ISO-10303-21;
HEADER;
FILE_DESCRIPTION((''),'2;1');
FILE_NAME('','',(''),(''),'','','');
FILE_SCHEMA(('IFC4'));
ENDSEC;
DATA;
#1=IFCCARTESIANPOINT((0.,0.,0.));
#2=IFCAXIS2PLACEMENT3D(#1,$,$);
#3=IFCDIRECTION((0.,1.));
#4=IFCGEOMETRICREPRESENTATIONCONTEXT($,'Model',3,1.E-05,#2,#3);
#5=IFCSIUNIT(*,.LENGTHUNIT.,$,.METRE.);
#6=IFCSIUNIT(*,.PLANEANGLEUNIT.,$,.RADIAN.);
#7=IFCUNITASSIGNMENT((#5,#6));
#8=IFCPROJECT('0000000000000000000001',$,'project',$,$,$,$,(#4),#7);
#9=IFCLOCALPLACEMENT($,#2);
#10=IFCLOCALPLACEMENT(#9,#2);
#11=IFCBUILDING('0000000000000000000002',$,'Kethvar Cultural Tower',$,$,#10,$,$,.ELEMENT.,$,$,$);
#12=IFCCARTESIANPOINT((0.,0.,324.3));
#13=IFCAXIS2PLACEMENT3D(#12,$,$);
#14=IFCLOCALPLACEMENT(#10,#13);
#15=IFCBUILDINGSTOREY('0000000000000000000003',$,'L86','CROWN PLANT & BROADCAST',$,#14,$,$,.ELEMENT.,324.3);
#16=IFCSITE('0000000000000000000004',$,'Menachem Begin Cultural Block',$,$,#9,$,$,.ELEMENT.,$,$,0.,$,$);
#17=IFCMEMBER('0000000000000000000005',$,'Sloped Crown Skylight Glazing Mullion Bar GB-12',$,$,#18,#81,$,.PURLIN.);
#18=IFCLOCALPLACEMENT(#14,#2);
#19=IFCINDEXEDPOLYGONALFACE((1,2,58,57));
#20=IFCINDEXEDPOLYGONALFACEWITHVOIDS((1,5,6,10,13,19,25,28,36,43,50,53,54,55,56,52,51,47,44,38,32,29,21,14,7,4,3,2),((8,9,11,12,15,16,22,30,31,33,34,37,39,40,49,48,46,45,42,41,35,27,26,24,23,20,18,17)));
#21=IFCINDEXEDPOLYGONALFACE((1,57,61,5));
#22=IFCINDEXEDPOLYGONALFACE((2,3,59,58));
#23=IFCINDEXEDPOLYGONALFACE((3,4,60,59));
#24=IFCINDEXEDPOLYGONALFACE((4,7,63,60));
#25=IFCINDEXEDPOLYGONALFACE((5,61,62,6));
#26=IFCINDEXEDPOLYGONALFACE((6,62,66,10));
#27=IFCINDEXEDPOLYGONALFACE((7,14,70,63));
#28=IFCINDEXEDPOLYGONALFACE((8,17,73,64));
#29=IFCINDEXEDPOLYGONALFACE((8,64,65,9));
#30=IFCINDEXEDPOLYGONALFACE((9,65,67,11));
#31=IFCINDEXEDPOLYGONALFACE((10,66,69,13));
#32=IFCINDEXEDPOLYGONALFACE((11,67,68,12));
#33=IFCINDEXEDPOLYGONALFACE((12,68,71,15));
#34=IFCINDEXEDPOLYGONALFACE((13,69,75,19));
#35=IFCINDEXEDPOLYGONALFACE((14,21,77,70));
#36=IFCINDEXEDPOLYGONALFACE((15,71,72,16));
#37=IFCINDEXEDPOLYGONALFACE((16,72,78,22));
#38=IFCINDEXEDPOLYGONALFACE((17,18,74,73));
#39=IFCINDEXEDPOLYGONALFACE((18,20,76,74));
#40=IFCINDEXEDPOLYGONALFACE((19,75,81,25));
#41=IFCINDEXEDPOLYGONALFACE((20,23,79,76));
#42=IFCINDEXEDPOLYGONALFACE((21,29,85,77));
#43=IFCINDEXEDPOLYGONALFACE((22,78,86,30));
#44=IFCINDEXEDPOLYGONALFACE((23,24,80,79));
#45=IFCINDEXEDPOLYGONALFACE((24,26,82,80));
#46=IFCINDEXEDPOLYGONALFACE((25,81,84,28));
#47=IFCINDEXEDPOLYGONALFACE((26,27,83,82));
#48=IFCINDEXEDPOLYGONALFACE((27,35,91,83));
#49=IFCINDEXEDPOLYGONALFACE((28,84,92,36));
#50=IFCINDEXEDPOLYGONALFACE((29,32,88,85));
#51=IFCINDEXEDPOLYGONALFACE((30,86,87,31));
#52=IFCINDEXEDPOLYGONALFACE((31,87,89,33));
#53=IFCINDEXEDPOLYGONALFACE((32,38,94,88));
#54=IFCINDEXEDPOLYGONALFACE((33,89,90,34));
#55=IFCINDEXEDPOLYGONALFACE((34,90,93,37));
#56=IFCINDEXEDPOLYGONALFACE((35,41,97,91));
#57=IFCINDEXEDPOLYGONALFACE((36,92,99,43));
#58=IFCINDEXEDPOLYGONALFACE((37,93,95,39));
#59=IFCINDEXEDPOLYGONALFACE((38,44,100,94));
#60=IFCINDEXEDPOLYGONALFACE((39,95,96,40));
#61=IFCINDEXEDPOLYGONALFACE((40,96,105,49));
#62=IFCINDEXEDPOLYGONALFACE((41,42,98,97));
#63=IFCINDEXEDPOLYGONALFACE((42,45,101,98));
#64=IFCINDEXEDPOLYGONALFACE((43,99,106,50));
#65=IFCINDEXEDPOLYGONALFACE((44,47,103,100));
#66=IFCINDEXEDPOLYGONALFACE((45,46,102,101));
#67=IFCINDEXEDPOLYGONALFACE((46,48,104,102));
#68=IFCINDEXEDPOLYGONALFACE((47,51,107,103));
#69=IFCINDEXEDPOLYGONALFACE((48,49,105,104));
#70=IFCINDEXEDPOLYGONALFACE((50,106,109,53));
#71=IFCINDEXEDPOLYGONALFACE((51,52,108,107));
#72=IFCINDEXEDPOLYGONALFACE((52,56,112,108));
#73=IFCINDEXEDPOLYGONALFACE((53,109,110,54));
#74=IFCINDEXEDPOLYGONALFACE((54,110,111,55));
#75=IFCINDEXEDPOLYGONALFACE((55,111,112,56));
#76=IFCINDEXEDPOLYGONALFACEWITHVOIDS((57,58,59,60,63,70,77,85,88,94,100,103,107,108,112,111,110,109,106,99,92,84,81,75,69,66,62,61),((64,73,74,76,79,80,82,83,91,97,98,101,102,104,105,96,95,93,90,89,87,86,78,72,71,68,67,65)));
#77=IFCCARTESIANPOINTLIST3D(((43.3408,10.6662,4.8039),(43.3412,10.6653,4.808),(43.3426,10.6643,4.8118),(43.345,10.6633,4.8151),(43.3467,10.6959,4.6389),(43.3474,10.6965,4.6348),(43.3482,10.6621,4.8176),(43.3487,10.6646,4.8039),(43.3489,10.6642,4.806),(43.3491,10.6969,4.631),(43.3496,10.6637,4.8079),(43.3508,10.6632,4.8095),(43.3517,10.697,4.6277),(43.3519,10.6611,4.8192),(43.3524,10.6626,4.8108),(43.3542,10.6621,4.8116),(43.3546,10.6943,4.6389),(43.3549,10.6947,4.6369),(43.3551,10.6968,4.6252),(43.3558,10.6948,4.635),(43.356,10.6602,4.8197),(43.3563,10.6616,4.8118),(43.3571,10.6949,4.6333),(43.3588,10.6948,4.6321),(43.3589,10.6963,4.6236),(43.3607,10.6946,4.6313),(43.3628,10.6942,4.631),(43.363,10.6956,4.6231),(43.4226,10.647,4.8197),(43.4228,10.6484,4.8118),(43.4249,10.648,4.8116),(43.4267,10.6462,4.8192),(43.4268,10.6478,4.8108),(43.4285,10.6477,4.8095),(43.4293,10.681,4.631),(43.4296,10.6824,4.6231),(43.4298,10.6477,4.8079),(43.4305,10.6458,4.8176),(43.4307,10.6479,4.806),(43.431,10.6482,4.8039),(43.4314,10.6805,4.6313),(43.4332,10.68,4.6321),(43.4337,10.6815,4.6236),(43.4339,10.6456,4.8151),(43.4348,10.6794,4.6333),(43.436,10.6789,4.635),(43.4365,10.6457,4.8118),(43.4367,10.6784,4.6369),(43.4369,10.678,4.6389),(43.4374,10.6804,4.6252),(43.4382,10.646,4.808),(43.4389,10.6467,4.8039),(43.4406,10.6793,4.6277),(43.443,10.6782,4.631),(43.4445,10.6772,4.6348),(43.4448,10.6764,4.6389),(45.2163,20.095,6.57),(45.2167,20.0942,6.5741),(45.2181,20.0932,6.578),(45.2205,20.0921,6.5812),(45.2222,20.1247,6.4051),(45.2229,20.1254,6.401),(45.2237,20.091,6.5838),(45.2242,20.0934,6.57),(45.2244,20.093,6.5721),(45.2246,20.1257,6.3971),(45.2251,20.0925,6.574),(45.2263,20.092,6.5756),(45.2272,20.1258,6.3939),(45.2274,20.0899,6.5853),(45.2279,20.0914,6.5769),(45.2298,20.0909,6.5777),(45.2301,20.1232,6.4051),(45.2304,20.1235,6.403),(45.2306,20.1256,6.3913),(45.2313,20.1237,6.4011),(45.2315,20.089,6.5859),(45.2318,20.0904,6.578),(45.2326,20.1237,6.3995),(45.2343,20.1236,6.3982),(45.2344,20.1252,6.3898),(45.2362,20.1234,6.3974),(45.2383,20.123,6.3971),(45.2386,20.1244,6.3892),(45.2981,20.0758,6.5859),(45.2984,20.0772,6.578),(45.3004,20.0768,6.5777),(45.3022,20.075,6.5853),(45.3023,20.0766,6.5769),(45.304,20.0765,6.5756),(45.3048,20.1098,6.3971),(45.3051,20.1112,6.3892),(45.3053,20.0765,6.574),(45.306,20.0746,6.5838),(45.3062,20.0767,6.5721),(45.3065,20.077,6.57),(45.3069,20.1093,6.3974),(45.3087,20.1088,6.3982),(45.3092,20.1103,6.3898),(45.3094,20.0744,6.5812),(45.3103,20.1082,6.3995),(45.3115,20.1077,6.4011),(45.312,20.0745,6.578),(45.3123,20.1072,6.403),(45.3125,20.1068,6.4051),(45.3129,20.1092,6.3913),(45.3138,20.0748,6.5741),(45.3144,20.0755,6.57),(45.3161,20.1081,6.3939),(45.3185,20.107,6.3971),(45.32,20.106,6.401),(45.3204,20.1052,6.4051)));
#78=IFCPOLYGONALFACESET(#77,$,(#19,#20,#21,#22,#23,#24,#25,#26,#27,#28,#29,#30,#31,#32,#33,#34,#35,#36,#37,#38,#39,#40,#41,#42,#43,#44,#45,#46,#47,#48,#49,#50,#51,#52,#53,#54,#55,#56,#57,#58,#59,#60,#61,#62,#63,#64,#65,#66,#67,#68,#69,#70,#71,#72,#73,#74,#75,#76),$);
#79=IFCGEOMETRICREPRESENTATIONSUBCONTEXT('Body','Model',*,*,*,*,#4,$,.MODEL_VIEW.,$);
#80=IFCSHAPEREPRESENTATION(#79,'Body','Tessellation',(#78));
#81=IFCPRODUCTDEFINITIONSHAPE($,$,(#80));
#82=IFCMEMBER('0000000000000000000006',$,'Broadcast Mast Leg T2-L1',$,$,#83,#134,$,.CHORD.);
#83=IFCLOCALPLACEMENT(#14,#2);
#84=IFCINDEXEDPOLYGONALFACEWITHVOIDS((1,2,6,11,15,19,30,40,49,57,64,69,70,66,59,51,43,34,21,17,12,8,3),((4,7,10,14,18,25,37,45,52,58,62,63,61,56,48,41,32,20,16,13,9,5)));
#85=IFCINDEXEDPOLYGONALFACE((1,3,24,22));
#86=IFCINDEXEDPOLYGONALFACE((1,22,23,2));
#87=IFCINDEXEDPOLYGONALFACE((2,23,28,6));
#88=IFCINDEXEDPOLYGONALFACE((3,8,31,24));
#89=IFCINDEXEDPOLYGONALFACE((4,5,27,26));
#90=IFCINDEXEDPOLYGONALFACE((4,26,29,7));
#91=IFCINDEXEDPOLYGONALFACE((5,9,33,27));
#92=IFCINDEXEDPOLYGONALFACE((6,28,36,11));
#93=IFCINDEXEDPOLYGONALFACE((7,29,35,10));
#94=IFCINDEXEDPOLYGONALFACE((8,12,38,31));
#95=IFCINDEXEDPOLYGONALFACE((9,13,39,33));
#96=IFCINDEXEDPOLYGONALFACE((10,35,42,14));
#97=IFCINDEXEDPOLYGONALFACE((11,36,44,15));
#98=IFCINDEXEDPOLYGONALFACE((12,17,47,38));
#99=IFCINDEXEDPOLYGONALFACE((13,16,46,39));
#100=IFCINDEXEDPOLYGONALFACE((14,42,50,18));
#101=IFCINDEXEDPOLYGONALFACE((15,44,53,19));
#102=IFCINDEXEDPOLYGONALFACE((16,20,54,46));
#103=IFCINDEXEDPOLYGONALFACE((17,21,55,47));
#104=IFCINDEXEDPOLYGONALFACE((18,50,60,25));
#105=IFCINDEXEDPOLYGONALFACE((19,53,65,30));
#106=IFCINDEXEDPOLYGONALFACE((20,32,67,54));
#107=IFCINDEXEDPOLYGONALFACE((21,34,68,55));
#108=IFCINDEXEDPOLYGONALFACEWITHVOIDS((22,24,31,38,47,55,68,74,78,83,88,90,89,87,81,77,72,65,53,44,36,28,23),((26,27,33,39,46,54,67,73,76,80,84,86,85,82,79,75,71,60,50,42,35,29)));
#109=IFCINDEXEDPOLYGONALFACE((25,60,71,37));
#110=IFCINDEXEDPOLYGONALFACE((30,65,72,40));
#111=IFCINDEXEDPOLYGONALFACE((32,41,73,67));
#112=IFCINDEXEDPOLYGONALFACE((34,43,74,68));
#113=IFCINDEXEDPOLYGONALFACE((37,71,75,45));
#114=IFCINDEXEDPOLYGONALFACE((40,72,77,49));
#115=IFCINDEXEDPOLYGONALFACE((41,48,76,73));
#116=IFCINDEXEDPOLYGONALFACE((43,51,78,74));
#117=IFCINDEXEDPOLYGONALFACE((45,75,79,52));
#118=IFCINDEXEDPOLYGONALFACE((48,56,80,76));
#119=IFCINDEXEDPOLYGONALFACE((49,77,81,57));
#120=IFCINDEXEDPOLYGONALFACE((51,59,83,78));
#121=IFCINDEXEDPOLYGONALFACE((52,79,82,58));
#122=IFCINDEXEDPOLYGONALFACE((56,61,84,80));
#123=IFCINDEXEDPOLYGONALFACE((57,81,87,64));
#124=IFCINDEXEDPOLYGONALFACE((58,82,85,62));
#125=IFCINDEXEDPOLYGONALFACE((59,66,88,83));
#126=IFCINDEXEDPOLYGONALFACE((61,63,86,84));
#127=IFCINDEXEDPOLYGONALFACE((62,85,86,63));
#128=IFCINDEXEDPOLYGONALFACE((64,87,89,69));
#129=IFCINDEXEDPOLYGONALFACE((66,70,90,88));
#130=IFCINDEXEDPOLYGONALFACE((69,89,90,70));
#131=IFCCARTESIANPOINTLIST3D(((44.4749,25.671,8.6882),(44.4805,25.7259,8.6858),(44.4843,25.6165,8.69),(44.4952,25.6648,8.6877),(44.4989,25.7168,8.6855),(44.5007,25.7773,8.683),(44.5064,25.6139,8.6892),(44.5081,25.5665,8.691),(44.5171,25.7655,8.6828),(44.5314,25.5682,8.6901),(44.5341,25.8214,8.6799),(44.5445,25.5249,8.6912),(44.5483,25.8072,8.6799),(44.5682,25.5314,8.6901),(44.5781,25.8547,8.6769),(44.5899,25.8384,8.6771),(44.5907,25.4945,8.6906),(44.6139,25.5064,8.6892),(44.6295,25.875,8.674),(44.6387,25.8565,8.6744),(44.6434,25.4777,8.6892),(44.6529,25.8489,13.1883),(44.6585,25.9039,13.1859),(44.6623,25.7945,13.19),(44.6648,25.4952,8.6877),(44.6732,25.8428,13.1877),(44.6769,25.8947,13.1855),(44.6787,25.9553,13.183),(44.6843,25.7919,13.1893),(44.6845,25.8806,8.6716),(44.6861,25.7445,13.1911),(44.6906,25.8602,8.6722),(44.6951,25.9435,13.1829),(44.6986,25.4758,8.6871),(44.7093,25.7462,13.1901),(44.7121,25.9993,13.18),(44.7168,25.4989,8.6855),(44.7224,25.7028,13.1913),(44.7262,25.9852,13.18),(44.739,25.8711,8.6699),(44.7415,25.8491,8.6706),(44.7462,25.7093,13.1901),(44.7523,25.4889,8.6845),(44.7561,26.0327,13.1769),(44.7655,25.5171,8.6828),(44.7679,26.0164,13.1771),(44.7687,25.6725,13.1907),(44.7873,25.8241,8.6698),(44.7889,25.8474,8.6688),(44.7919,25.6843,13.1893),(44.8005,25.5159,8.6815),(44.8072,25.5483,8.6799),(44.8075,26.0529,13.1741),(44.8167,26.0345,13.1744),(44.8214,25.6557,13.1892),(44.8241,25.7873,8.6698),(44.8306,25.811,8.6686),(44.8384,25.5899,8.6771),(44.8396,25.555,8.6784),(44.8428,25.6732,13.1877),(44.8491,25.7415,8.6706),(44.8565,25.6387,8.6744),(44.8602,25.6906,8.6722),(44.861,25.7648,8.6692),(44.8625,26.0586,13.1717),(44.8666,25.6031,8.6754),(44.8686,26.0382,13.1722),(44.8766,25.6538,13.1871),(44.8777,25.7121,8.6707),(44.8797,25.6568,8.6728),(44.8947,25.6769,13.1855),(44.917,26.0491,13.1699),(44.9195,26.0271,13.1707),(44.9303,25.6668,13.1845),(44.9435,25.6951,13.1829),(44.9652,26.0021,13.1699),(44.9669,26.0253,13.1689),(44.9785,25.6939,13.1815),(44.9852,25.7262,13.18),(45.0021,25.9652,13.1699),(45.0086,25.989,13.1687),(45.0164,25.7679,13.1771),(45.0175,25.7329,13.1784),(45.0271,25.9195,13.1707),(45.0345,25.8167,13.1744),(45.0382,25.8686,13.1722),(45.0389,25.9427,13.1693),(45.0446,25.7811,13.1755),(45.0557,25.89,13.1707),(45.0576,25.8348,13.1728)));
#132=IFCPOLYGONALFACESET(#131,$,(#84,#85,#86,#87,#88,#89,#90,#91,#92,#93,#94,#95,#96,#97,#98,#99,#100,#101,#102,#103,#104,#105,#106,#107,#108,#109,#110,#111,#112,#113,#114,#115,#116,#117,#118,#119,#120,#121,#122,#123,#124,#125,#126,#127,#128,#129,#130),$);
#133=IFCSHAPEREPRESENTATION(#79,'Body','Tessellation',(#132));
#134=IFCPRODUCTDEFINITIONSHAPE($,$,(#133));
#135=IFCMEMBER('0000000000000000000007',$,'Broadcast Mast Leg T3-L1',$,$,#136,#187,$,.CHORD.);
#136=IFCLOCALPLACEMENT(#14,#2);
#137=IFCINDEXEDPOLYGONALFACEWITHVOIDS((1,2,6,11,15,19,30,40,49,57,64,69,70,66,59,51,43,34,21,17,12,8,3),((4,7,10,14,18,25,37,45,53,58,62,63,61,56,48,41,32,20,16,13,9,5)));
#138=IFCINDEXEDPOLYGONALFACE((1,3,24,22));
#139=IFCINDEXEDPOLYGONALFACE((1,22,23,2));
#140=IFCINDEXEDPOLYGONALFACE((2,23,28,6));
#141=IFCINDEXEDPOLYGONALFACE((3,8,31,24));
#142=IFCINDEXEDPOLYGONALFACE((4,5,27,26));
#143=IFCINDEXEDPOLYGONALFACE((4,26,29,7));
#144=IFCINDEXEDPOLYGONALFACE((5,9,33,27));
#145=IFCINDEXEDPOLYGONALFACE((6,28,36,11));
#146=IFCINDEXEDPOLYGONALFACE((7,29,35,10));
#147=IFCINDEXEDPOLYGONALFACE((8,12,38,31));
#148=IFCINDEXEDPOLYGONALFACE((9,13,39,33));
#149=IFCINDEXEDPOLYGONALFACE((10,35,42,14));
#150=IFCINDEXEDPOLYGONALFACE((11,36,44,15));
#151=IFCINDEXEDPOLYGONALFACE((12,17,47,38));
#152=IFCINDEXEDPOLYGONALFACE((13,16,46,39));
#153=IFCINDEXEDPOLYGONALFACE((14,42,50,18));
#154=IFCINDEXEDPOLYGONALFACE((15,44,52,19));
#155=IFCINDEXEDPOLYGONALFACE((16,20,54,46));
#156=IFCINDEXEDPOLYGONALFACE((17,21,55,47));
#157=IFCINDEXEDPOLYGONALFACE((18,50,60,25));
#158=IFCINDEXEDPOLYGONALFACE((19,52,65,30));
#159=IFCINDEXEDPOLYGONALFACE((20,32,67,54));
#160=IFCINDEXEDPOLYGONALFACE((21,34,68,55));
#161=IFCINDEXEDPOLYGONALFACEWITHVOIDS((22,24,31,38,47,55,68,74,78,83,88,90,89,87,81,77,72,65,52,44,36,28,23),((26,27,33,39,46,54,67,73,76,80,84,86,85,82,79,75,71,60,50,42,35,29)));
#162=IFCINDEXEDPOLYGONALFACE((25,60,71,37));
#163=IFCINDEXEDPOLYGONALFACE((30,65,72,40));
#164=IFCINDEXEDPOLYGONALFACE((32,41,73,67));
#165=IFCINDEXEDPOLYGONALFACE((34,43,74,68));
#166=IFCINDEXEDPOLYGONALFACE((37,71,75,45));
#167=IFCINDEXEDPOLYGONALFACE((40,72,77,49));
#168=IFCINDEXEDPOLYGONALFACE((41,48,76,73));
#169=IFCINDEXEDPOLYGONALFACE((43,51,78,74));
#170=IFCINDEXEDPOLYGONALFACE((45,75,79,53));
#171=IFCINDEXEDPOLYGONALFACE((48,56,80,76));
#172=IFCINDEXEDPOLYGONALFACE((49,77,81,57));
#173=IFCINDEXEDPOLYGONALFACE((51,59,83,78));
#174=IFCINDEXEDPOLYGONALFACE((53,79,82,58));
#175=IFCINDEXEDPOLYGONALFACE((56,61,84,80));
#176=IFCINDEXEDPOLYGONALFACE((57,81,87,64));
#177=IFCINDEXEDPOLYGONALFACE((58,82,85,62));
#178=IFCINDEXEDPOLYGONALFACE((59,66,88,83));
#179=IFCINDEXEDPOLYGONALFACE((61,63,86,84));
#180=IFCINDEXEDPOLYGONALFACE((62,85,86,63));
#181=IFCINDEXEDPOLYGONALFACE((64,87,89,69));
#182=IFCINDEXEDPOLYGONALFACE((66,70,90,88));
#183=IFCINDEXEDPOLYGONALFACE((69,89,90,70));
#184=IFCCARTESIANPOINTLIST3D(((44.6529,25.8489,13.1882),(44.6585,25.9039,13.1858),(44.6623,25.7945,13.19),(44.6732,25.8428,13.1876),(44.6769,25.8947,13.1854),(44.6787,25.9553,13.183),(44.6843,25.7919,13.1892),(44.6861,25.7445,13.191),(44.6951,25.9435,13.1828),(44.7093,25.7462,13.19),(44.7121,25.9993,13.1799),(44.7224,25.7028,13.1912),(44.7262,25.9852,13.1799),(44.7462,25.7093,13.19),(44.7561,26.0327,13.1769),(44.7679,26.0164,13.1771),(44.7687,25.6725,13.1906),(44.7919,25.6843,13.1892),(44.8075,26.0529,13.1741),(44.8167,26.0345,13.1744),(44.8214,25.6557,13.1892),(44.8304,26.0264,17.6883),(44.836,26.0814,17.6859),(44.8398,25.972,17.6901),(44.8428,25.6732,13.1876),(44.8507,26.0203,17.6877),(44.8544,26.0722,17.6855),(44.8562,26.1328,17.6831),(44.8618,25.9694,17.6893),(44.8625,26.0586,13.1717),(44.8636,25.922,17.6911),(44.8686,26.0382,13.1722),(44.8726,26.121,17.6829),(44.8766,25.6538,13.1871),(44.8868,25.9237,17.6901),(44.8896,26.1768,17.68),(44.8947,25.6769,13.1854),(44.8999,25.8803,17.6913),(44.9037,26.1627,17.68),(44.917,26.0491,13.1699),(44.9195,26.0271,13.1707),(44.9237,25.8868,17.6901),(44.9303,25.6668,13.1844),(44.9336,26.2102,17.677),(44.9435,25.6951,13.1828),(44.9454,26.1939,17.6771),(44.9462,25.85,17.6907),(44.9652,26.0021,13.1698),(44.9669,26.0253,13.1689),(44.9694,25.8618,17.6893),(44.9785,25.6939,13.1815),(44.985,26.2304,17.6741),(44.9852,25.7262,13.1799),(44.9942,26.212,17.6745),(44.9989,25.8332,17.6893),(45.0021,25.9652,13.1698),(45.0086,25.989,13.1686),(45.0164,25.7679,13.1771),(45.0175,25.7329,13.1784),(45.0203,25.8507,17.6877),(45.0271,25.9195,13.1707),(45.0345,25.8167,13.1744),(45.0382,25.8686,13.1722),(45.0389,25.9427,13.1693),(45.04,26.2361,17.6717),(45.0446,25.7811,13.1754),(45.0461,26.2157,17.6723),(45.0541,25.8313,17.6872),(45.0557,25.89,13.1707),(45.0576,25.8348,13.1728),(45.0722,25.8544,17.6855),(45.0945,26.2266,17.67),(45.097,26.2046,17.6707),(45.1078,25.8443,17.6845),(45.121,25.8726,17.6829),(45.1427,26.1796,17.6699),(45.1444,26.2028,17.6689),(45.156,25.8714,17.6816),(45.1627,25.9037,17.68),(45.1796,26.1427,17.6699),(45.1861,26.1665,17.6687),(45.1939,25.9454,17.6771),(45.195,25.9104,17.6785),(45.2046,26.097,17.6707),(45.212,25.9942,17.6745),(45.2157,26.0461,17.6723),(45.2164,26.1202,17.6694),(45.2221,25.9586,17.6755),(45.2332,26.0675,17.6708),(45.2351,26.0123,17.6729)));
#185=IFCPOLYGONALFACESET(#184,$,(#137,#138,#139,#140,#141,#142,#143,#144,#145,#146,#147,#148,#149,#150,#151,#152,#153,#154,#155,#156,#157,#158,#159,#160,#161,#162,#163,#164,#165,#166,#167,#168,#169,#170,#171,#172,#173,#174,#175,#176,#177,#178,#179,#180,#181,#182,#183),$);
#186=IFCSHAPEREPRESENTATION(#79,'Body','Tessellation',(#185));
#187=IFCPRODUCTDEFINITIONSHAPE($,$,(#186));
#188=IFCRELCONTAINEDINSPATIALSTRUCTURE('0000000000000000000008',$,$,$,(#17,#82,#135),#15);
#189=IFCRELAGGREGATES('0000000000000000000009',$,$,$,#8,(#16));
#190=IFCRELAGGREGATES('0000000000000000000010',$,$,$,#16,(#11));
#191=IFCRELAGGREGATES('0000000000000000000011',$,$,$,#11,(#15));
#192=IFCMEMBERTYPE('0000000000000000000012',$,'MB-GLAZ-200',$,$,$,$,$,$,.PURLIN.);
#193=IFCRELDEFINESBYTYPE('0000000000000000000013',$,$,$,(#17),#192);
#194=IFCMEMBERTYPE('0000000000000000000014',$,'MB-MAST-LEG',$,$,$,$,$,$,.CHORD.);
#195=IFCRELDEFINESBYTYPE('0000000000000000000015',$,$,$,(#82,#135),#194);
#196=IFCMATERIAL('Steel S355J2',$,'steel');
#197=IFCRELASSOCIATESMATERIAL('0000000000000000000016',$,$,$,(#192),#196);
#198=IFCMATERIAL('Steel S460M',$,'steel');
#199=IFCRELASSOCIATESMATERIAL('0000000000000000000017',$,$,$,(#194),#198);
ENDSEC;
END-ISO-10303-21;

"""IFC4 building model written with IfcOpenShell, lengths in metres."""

from ifc_helpers import new_model, si_unit, direction, frame, origin, origin_2d, place, context, subcontext, project, spatial, hollow_rectangle, hollow_circle, extrude, source, transform, mapped, material, material_profile, profile_set, type_object, element, save


model = new_model("IFC4")

# Units and contexts
model_context = context("Model", 3, precision=1e-05, world=origin(), true_north=direction((0.0, 1.0)))
body_context = subcontext(model_context, "Body", "Model", "MODEL_VIEW")
ifc_project = project(units=[si_unit("LENGTHUNIT", "METRE"), si_unit("PLANEANGLEUNIT", "RADIAN")], contexts=[model_context])

# Site, building, storey
site_placement = place(None, origin())
site = spatial("IfcSite", under=ifc_project, at=site_placement, Name="Menachem Begin Cultural Block", CompositionType="ELEMENT", RefElevation=0.0)
building_placement = place(site_placement, origin())
building = spatial("IfcBuilding", under=site, at=building_placement, Name="Kethvar Cultural Tower", CompositionType="ELEMENT")
storey_placement = place(building_placement, frame((0.0, 0.0, 324.3)))
storey = spatial("IfcBuildingStorey", under=building, at=storey_placement, Name="L86", Description="CROWN PLANT & BROADCAST", CompositionType="ELEMENT", Elevation=324.3)

# Shared definitions
ifc_material_1 = material(Name="Steel S355J2", Category="steel")

# Members
ifc_material_profile_1 = material_profile(ifc_material_1, hollow_rectangle(XDim=0.1001, YDim=0.2, WallThickness=0.0081, InnerFilletRadius=0.0081, OuterFilletRadius=0.0161, at=origin_2d()), Name="Steel S355J2 — RHS200x100x8")
ifc_profile_set_1 = profile_set([ifc_material_profile_1], Name="Steel S355J2 — RHS200x100x8")
member_type_1 = type_object("IfcMemberType", Name="MB-GLAZ-200", PredefinedType="PURLIN", material=ifc_profile_set_1)
shared_shape_1 = source(origin(), body_context, "Body", "SweptSolid", [
    extrude(hollow_rectangle(XDim=0.1001, YDim=0.2, WallThickness=0.0081, InnerFilletRadius=0.0081, OuterFilletRadius=0.0161, at=origin_2d()), origin(), (0.0, 0.0, 1.0), 9.7744),
])
member_1_placement = place(storey_placement, frame((45.2683, 20.1001, 6.4875), z_axis=(-0.191879, -0.964642, -0.180689), x_axis=(0.980785, -0.19509, 0.0)))
element("IfcMember", 1, at=member_1_placement, inside=storey, type_object=member_type_1, Name="Sloped Crown Skylight Glazing Mullion Bar GB-12", PredefinedType="PURLIN", context=body_context, shape_type="MappedRepresentation", body=[
    mapped(shared_shape_1, transform((0.0, 0.0, 0.0), scale=1.0)),
])
ifc_material_2 = material(Name="Steel S460M", Category="steel")
ifc_material_profile_2 = material_profile(ifc_material_2, hollow_circle(Radius=0.2031, WallThickness=0.02, at=origin_2d()), Name="Steel S460M — CHS406x20")
ifc_profile_set_2 = profile_set([ifc_material_profile_2], Name="Steel S460M — CHS406x20")
member_type_2 = type_object("IfcMemberType", Name="MB-MAST-LEG", PredefinedType="CHORD", material=ifc_profile_set_2)
shared_shape_2 = source(origin(), body_context, "Body", "SweptSolid", [
    extrude(hollow_circle(Radius=0.2031, WallThickness=0.02, at=origin_2d()), origin(), (0.0, 0.0, 1.0), 4.5071),
])
for number, where, z_axis, x_axis, name in (
    (2, (44.6777, 25.6777, 8.6799), (0.039489, 0.039489, 0.998439), (-0.707107, 0.707107, 0.0), "Broadcast Mast Leg T2-L1"),
    (3, (44.8557, 25.8557, 13.1799), (0.039381, 0.039381, 0.998448), (-0.707107, 0.707107, 0.0), "Broadcast Mast Leg T3-L1"),
):
    element("IfcMember", number, at=place(storey_placement, frame(where, z_axis=z_axis, x_axis=x_axis)), inside=storey, type_object=member_type_2, Name=name, PredefinedType="CHORD", context=body_context, shape_type="MappedRepresentation", body=[
        mapped(shared_shape_2, transform((0.0, 0.0, 0.0), scale=1.0)),
    ])

save(model, "model.ifc")
